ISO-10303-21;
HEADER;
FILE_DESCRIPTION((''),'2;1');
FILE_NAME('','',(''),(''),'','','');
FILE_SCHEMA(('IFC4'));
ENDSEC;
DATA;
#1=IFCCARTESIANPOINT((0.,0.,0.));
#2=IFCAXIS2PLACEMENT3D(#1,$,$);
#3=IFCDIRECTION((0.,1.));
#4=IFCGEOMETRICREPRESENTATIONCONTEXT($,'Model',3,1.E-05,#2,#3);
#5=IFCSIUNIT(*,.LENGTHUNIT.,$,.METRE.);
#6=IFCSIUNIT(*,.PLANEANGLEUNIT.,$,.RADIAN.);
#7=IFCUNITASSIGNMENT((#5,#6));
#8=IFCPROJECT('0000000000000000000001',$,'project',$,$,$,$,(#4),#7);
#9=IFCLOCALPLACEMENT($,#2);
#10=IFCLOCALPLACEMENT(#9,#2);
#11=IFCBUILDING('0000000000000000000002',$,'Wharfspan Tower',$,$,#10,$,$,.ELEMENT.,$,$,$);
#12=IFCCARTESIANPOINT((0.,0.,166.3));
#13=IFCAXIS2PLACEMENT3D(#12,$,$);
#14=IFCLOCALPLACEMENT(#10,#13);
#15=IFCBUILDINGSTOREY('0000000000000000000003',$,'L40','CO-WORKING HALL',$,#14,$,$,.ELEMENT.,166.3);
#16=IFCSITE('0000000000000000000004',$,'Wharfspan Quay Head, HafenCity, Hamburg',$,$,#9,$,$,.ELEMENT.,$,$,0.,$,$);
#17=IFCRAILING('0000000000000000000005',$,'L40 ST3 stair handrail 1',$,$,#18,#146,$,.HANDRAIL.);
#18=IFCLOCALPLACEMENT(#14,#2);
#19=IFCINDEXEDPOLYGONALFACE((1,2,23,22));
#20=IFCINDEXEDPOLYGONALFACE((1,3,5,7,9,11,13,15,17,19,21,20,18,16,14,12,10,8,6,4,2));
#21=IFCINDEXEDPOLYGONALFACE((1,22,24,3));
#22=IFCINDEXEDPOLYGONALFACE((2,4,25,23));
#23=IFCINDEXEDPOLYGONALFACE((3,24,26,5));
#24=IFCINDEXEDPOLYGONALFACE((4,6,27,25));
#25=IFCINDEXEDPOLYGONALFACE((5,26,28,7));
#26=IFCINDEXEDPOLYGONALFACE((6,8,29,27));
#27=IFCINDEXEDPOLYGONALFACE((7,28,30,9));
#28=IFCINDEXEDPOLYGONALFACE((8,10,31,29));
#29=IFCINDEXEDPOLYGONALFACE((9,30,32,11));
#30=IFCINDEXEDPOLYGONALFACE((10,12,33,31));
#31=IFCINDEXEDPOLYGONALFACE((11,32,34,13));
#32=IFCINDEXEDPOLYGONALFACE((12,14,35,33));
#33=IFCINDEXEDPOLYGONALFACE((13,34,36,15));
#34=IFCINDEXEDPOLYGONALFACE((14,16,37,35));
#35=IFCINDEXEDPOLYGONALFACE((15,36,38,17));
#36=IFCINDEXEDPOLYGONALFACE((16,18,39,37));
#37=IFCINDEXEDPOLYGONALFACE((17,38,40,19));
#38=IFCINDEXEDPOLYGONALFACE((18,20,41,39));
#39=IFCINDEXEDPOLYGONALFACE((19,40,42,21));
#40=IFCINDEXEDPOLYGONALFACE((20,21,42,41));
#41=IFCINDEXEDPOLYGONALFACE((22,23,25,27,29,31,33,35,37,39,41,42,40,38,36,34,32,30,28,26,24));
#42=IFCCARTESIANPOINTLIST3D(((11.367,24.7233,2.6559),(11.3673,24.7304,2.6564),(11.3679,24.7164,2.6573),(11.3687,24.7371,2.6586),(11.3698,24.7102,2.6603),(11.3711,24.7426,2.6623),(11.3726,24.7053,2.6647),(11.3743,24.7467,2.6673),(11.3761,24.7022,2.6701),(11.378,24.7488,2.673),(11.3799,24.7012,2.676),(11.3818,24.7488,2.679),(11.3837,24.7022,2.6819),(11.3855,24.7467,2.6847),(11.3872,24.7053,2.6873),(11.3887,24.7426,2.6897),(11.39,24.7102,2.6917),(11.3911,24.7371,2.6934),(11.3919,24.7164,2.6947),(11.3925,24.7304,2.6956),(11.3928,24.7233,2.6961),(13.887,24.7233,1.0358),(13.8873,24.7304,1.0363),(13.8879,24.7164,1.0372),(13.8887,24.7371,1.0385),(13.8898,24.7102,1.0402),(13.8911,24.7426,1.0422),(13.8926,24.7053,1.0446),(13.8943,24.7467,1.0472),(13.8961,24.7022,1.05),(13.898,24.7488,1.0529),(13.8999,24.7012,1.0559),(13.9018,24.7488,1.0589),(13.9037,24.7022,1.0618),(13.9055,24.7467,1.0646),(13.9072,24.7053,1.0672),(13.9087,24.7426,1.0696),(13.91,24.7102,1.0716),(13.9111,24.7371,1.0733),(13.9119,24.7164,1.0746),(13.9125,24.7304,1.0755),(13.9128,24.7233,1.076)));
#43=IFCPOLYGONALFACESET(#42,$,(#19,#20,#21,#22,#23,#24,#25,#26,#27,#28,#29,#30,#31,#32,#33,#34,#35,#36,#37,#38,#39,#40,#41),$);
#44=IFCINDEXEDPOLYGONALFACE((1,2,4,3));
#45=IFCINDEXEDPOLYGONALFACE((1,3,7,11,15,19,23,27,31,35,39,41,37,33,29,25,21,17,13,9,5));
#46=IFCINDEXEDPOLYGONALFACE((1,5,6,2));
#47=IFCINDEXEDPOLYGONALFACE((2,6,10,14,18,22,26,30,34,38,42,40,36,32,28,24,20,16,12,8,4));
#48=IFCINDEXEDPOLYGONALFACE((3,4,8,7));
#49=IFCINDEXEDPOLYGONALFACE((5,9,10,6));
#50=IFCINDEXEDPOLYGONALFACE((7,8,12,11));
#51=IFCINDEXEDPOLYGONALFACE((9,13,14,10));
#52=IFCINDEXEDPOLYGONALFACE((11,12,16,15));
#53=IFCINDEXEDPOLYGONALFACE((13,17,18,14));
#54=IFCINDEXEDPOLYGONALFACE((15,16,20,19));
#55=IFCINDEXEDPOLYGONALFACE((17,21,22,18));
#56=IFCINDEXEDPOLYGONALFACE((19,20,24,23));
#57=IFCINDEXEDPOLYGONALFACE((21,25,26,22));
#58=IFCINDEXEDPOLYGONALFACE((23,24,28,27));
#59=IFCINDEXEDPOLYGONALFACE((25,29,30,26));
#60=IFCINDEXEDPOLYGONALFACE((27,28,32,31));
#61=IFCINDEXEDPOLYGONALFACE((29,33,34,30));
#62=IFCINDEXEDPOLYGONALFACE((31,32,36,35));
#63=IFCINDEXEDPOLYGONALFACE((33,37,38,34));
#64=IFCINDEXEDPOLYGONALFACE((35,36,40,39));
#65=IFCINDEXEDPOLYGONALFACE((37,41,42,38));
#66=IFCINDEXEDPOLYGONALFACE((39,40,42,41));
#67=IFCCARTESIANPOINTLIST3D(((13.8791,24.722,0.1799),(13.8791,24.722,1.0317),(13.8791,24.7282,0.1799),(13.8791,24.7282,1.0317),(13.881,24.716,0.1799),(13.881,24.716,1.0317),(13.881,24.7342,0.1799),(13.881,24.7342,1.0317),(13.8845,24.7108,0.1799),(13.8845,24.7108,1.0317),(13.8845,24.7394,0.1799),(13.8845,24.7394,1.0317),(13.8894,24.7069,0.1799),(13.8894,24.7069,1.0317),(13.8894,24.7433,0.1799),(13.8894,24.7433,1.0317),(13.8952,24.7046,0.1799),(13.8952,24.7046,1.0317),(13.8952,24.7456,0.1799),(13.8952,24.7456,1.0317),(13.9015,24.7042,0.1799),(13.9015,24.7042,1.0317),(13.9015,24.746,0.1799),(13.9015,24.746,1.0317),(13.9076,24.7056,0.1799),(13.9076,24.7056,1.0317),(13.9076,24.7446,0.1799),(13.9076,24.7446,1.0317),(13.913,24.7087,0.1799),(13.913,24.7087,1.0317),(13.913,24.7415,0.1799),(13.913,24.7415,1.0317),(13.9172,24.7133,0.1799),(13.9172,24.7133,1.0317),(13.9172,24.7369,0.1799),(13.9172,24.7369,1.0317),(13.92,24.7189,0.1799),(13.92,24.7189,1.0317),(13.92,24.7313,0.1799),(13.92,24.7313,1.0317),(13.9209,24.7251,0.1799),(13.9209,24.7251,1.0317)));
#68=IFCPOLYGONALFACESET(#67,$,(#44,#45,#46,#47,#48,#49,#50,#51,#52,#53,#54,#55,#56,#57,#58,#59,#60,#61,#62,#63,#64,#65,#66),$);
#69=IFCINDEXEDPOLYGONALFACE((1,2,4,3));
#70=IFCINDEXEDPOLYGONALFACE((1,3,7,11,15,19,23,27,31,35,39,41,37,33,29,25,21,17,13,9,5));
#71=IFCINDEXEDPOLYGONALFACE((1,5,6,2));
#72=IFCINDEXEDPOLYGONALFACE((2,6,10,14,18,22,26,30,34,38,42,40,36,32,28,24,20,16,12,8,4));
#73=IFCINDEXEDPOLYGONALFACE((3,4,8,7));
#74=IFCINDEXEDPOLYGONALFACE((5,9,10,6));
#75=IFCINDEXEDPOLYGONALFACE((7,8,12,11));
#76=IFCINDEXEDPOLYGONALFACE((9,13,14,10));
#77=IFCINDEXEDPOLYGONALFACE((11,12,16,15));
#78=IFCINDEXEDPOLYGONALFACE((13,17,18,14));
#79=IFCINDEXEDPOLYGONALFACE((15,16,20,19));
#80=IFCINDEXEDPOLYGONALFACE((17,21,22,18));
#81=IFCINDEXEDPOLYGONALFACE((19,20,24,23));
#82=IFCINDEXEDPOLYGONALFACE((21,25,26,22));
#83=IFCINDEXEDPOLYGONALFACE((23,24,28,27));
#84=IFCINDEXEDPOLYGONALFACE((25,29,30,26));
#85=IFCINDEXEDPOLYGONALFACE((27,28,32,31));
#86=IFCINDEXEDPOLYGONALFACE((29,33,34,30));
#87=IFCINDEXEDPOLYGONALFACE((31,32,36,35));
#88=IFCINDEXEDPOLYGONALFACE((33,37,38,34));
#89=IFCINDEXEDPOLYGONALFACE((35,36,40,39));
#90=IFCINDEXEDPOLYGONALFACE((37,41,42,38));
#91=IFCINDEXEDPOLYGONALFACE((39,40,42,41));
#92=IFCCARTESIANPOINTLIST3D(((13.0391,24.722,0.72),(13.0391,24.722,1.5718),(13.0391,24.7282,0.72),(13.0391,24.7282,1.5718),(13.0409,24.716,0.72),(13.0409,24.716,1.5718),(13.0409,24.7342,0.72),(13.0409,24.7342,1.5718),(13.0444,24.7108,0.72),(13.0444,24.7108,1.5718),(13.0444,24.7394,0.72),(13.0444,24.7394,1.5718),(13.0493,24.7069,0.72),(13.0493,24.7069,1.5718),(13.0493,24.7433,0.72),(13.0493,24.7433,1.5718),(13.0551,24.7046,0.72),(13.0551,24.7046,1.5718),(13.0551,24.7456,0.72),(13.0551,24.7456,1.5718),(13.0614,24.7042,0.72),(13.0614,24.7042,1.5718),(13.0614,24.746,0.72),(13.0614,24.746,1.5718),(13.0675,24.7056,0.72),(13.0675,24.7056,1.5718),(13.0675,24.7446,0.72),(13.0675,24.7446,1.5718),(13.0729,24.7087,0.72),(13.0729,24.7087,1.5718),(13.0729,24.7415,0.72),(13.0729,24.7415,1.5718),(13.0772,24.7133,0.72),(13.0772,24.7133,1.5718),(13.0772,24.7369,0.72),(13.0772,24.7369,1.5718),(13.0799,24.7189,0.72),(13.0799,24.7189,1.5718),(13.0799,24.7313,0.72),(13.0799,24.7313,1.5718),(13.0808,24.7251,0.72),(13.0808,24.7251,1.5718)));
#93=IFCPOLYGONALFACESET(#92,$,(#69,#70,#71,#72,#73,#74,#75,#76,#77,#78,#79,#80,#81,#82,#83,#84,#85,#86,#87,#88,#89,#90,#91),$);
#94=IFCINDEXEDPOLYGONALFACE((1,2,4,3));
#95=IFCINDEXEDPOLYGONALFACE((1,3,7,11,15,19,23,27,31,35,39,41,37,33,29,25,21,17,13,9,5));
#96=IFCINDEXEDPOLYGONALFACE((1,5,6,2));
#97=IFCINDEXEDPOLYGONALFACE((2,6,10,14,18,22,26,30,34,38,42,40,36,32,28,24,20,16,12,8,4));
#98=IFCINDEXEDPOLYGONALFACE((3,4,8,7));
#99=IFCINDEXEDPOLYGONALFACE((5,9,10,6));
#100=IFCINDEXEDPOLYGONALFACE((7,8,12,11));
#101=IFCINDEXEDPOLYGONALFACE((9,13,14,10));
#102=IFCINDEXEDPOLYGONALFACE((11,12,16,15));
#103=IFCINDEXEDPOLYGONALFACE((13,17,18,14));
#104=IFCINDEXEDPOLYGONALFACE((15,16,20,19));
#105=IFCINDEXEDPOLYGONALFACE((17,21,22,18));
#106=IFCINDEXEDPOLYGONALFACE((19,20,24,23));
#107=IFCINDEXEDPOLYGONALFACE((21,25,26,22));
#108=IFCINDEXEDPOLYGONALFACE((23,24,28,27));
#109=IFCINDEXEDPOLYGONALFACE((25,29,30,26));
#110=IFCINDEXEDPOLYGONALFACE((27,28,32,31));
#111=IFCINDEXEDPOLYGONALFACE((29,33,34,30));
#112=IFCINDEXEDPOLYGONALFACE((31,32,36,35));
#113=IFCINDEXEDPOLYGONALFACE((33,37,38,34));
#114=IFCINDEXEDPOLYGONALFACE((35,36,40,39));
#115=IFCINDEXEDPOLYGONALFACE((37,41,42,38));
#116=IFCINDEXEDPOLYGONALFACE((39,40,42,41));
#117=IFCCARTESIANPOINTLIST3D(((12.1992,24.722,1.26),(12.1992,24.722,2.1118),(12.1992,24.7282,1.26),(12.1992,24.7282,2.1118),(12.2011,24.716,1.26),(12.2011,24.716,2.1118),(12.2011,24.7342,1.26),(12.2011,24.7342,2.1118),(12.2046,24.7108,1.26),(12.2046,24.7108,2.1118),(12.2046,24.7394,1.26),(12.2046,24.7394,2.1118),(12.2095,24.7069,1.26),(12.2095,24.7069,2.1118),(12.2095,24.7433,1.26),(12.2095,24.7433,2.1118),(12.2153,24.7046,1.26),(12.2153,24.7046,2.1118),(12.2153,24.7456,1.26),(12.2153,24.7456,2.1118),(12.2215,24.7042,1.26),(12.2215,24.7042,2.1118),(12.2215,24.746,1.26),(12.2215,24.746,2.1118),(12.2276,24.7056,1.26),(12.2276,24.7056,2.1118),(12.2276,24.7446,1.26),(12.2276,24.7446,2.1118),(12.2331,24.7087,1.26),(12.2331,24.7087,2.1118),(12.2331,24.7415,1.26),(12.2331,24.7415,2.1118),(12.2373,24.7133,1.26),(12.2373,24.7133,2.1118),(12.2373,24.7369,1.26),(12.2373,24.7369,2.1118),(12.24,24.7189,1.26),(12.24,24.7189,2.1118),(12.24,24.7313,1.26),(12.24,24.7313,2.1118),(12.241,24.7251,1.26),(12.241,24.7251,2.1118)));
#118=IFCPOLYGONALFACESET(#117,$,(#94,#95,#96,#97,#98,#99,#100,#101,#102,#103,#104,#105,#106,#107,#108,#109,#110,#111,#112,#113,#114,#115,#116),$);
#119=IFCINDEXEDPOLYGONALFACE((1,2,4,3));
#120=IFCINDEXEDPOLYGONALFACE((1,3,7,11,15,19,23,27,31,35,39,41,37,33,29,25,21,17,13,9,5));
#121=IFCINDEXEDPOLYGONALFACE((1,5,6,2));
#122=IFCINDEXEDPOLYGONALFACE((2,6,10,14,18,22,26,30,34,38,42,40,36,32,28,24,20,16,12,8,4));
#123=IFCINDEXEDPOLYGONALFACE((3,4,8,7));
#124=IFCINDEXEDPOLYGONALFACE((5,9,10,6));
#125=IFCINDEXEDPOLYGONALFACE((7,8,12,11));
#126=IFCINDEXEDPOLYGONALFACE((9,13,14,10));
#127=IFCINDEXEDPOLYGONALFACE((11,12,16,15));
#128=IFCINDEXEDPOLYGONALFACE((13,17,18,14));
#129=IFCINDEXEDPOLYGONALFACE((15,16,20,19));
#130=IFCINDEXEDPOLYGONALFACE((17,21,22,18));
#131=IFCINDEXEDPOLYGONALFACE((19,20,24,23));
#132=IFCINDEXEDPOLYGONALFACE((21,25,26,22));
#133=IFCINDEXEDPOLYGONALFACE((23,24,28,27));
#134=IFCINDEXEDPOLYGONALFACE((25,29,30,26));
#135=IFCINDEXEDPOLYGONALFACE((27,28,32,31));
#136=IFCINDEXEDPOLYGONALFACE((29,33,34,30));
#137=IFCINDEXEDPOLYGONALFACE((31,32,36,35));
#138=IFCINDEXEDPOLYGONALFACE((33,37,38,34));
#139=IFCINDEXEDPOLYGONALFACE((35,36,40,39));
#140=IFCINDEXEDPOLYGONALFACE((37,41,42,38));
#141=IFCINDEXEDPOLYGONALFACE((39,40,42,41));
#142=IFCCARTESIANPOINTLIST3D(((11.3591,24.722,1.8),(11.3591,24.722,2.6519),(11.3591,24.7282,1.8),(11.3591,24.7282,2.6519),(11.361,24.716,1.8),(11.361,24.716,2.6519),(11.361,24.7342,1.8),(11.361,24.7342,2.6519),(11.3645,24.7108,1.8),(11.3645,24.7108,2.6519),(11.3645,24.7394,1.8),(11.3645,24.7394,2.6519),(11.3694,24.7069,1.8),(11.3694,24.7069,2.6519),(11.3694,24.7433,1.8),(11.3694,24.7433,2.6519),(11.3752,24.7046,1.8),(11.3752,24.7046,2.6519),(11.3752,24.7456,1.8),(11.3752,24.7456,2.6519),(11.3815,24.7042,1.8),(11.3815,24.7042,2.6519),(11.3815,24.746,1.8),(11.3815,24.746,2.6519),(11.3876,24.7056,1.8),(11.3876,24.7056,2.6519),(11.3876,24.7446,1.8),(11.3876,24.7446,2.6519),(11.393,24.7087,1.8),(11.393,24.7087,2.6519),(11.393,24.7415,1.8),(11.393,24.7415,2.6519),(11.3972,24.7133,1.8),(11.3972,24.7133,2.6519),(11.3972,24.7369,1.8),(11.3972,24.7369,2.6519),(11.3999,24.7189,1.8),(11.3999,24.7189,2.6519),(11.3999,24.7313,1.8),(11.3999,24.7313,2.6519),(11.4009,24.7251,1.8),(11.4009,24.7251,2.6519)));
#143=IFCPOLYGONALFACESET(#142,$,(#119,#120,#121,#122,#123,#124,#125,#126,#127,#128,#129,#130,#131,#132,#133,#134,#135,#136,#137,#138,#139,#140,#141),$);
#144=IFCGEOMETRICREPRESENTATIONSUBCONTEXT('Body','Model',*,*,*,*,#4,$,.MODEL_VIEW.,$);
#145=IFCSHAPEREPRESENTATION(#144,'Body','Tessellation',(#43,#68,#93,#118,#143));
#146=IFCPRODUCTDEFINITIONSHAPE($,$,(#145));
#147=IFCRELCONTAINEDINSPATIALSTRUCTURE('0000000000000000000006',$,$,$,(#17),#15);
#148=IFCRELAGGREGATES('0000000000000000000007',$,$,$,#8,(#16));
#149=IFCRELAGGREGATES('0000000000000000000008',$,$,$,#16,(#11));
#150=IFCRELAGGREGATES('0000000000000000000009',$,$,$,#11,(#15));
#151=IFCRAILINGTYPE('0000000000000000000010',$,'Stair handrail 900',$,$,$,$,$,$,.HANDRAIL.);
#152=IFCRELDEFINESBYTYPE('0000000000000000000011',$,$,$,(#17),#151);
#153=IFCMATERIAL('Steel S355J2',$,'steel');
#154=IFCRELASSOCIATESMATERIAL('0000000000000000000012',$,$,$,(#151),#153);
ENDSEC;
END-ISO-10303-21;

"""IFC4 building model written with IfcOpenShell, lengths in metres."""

from ifc_helpers import new_model, si_unit, direction, frame, origin, origin_2d, place, context, subcontext, project, spatial, circle, extrude, material, type_object, element, save


model = new_model("IFC4")

# Units and contexts
model_context = context("Model", 3, precision=1e-05, world=origin(), true_north=direction((0.0, 1.0)))
body_context = subcontext(model_context, "Body", "Model", "MODEL_VIEW")
ifc_project = project(units=[si_unit("LENGTHUNIT", "METRE"), si_unit("PLANEANGLEUNIT", "RADIAN")], contexts=[model_context])

# Site, building, storey
site_placement = place(None, origin())
site = spatial("IfcSite", under=ifc_project, at=site_placement, Name="Wharfspan Quay Head, HafenCity, Hamburg", CompositionType="ELEMENT", RefElevation=0.0)
building_placement = place(site_placement, origin())
building = spatial("IfcBuilding", under=site, at=building_placement, Name="Wharfspan Tower", CompositionType="ELEMENT")
storey_placement = place(building_placement, frame((0.0, 0.0, 166.3)))
storey = spatial("IfcBuildingStorey", under=building, at=storey_placement, Name="L40", Description="CO-WORKING HALL", CompositionType="ELEMENT", Elevation=166.3)

# Railing
ifc_material_1 = material(Name="Steel S355J2", Category="steel")
railing_type_1 = type_object("IfcRailingType", Name="Stair handrail 900", PredefinedType="HANDRAIL", material=ifc_material_1)
railing_1_placement = place(storey_placement, frame((13.8999, 24.7251, 0.1799)))
element("IfcRailing", 1, at=railing_1_placement, inside=storey, type_object=railing_type_1, Name="L40 ST3 stair handrail 1", PredefinedType="HANDRAIL", context=body_context, shape_type="SweptSolid", body=[
    extrude(circle(Radius=0.0239, at=origin_2d()), frame((0.0, 0.0, 0.876), z_axis=(-0.841163, 0.0, 0.540782), x_axis=(0.0, -1.0, 0.0)), (0.0, 0.0, 1.0), 2.9958),
    extrude(circle(Radius=0.021, at=origin_2d()), origin(), (0.0, 0.0, 1.0), 0.8518),
    extrude(circle(Radius=0.021, at=origin_2d()), frame((-0.8401, 0.0, 0.54)), (0.0, 0.0, 1.0), 0.8518),
    extrude(circle(Radius=0.021, at=origin_2d()), frame((-1.6799, 0.0, 1.0801)), (0.0, 0.0, 1.0), 0.8518),
    extrude(circle(Radius=0.021, at=origin_2d()), frame((-2.52, 0.0, 1.6201)), (0.0, 0.0, 1.0), 0.8518),
])

save(model, "model.ifc")
